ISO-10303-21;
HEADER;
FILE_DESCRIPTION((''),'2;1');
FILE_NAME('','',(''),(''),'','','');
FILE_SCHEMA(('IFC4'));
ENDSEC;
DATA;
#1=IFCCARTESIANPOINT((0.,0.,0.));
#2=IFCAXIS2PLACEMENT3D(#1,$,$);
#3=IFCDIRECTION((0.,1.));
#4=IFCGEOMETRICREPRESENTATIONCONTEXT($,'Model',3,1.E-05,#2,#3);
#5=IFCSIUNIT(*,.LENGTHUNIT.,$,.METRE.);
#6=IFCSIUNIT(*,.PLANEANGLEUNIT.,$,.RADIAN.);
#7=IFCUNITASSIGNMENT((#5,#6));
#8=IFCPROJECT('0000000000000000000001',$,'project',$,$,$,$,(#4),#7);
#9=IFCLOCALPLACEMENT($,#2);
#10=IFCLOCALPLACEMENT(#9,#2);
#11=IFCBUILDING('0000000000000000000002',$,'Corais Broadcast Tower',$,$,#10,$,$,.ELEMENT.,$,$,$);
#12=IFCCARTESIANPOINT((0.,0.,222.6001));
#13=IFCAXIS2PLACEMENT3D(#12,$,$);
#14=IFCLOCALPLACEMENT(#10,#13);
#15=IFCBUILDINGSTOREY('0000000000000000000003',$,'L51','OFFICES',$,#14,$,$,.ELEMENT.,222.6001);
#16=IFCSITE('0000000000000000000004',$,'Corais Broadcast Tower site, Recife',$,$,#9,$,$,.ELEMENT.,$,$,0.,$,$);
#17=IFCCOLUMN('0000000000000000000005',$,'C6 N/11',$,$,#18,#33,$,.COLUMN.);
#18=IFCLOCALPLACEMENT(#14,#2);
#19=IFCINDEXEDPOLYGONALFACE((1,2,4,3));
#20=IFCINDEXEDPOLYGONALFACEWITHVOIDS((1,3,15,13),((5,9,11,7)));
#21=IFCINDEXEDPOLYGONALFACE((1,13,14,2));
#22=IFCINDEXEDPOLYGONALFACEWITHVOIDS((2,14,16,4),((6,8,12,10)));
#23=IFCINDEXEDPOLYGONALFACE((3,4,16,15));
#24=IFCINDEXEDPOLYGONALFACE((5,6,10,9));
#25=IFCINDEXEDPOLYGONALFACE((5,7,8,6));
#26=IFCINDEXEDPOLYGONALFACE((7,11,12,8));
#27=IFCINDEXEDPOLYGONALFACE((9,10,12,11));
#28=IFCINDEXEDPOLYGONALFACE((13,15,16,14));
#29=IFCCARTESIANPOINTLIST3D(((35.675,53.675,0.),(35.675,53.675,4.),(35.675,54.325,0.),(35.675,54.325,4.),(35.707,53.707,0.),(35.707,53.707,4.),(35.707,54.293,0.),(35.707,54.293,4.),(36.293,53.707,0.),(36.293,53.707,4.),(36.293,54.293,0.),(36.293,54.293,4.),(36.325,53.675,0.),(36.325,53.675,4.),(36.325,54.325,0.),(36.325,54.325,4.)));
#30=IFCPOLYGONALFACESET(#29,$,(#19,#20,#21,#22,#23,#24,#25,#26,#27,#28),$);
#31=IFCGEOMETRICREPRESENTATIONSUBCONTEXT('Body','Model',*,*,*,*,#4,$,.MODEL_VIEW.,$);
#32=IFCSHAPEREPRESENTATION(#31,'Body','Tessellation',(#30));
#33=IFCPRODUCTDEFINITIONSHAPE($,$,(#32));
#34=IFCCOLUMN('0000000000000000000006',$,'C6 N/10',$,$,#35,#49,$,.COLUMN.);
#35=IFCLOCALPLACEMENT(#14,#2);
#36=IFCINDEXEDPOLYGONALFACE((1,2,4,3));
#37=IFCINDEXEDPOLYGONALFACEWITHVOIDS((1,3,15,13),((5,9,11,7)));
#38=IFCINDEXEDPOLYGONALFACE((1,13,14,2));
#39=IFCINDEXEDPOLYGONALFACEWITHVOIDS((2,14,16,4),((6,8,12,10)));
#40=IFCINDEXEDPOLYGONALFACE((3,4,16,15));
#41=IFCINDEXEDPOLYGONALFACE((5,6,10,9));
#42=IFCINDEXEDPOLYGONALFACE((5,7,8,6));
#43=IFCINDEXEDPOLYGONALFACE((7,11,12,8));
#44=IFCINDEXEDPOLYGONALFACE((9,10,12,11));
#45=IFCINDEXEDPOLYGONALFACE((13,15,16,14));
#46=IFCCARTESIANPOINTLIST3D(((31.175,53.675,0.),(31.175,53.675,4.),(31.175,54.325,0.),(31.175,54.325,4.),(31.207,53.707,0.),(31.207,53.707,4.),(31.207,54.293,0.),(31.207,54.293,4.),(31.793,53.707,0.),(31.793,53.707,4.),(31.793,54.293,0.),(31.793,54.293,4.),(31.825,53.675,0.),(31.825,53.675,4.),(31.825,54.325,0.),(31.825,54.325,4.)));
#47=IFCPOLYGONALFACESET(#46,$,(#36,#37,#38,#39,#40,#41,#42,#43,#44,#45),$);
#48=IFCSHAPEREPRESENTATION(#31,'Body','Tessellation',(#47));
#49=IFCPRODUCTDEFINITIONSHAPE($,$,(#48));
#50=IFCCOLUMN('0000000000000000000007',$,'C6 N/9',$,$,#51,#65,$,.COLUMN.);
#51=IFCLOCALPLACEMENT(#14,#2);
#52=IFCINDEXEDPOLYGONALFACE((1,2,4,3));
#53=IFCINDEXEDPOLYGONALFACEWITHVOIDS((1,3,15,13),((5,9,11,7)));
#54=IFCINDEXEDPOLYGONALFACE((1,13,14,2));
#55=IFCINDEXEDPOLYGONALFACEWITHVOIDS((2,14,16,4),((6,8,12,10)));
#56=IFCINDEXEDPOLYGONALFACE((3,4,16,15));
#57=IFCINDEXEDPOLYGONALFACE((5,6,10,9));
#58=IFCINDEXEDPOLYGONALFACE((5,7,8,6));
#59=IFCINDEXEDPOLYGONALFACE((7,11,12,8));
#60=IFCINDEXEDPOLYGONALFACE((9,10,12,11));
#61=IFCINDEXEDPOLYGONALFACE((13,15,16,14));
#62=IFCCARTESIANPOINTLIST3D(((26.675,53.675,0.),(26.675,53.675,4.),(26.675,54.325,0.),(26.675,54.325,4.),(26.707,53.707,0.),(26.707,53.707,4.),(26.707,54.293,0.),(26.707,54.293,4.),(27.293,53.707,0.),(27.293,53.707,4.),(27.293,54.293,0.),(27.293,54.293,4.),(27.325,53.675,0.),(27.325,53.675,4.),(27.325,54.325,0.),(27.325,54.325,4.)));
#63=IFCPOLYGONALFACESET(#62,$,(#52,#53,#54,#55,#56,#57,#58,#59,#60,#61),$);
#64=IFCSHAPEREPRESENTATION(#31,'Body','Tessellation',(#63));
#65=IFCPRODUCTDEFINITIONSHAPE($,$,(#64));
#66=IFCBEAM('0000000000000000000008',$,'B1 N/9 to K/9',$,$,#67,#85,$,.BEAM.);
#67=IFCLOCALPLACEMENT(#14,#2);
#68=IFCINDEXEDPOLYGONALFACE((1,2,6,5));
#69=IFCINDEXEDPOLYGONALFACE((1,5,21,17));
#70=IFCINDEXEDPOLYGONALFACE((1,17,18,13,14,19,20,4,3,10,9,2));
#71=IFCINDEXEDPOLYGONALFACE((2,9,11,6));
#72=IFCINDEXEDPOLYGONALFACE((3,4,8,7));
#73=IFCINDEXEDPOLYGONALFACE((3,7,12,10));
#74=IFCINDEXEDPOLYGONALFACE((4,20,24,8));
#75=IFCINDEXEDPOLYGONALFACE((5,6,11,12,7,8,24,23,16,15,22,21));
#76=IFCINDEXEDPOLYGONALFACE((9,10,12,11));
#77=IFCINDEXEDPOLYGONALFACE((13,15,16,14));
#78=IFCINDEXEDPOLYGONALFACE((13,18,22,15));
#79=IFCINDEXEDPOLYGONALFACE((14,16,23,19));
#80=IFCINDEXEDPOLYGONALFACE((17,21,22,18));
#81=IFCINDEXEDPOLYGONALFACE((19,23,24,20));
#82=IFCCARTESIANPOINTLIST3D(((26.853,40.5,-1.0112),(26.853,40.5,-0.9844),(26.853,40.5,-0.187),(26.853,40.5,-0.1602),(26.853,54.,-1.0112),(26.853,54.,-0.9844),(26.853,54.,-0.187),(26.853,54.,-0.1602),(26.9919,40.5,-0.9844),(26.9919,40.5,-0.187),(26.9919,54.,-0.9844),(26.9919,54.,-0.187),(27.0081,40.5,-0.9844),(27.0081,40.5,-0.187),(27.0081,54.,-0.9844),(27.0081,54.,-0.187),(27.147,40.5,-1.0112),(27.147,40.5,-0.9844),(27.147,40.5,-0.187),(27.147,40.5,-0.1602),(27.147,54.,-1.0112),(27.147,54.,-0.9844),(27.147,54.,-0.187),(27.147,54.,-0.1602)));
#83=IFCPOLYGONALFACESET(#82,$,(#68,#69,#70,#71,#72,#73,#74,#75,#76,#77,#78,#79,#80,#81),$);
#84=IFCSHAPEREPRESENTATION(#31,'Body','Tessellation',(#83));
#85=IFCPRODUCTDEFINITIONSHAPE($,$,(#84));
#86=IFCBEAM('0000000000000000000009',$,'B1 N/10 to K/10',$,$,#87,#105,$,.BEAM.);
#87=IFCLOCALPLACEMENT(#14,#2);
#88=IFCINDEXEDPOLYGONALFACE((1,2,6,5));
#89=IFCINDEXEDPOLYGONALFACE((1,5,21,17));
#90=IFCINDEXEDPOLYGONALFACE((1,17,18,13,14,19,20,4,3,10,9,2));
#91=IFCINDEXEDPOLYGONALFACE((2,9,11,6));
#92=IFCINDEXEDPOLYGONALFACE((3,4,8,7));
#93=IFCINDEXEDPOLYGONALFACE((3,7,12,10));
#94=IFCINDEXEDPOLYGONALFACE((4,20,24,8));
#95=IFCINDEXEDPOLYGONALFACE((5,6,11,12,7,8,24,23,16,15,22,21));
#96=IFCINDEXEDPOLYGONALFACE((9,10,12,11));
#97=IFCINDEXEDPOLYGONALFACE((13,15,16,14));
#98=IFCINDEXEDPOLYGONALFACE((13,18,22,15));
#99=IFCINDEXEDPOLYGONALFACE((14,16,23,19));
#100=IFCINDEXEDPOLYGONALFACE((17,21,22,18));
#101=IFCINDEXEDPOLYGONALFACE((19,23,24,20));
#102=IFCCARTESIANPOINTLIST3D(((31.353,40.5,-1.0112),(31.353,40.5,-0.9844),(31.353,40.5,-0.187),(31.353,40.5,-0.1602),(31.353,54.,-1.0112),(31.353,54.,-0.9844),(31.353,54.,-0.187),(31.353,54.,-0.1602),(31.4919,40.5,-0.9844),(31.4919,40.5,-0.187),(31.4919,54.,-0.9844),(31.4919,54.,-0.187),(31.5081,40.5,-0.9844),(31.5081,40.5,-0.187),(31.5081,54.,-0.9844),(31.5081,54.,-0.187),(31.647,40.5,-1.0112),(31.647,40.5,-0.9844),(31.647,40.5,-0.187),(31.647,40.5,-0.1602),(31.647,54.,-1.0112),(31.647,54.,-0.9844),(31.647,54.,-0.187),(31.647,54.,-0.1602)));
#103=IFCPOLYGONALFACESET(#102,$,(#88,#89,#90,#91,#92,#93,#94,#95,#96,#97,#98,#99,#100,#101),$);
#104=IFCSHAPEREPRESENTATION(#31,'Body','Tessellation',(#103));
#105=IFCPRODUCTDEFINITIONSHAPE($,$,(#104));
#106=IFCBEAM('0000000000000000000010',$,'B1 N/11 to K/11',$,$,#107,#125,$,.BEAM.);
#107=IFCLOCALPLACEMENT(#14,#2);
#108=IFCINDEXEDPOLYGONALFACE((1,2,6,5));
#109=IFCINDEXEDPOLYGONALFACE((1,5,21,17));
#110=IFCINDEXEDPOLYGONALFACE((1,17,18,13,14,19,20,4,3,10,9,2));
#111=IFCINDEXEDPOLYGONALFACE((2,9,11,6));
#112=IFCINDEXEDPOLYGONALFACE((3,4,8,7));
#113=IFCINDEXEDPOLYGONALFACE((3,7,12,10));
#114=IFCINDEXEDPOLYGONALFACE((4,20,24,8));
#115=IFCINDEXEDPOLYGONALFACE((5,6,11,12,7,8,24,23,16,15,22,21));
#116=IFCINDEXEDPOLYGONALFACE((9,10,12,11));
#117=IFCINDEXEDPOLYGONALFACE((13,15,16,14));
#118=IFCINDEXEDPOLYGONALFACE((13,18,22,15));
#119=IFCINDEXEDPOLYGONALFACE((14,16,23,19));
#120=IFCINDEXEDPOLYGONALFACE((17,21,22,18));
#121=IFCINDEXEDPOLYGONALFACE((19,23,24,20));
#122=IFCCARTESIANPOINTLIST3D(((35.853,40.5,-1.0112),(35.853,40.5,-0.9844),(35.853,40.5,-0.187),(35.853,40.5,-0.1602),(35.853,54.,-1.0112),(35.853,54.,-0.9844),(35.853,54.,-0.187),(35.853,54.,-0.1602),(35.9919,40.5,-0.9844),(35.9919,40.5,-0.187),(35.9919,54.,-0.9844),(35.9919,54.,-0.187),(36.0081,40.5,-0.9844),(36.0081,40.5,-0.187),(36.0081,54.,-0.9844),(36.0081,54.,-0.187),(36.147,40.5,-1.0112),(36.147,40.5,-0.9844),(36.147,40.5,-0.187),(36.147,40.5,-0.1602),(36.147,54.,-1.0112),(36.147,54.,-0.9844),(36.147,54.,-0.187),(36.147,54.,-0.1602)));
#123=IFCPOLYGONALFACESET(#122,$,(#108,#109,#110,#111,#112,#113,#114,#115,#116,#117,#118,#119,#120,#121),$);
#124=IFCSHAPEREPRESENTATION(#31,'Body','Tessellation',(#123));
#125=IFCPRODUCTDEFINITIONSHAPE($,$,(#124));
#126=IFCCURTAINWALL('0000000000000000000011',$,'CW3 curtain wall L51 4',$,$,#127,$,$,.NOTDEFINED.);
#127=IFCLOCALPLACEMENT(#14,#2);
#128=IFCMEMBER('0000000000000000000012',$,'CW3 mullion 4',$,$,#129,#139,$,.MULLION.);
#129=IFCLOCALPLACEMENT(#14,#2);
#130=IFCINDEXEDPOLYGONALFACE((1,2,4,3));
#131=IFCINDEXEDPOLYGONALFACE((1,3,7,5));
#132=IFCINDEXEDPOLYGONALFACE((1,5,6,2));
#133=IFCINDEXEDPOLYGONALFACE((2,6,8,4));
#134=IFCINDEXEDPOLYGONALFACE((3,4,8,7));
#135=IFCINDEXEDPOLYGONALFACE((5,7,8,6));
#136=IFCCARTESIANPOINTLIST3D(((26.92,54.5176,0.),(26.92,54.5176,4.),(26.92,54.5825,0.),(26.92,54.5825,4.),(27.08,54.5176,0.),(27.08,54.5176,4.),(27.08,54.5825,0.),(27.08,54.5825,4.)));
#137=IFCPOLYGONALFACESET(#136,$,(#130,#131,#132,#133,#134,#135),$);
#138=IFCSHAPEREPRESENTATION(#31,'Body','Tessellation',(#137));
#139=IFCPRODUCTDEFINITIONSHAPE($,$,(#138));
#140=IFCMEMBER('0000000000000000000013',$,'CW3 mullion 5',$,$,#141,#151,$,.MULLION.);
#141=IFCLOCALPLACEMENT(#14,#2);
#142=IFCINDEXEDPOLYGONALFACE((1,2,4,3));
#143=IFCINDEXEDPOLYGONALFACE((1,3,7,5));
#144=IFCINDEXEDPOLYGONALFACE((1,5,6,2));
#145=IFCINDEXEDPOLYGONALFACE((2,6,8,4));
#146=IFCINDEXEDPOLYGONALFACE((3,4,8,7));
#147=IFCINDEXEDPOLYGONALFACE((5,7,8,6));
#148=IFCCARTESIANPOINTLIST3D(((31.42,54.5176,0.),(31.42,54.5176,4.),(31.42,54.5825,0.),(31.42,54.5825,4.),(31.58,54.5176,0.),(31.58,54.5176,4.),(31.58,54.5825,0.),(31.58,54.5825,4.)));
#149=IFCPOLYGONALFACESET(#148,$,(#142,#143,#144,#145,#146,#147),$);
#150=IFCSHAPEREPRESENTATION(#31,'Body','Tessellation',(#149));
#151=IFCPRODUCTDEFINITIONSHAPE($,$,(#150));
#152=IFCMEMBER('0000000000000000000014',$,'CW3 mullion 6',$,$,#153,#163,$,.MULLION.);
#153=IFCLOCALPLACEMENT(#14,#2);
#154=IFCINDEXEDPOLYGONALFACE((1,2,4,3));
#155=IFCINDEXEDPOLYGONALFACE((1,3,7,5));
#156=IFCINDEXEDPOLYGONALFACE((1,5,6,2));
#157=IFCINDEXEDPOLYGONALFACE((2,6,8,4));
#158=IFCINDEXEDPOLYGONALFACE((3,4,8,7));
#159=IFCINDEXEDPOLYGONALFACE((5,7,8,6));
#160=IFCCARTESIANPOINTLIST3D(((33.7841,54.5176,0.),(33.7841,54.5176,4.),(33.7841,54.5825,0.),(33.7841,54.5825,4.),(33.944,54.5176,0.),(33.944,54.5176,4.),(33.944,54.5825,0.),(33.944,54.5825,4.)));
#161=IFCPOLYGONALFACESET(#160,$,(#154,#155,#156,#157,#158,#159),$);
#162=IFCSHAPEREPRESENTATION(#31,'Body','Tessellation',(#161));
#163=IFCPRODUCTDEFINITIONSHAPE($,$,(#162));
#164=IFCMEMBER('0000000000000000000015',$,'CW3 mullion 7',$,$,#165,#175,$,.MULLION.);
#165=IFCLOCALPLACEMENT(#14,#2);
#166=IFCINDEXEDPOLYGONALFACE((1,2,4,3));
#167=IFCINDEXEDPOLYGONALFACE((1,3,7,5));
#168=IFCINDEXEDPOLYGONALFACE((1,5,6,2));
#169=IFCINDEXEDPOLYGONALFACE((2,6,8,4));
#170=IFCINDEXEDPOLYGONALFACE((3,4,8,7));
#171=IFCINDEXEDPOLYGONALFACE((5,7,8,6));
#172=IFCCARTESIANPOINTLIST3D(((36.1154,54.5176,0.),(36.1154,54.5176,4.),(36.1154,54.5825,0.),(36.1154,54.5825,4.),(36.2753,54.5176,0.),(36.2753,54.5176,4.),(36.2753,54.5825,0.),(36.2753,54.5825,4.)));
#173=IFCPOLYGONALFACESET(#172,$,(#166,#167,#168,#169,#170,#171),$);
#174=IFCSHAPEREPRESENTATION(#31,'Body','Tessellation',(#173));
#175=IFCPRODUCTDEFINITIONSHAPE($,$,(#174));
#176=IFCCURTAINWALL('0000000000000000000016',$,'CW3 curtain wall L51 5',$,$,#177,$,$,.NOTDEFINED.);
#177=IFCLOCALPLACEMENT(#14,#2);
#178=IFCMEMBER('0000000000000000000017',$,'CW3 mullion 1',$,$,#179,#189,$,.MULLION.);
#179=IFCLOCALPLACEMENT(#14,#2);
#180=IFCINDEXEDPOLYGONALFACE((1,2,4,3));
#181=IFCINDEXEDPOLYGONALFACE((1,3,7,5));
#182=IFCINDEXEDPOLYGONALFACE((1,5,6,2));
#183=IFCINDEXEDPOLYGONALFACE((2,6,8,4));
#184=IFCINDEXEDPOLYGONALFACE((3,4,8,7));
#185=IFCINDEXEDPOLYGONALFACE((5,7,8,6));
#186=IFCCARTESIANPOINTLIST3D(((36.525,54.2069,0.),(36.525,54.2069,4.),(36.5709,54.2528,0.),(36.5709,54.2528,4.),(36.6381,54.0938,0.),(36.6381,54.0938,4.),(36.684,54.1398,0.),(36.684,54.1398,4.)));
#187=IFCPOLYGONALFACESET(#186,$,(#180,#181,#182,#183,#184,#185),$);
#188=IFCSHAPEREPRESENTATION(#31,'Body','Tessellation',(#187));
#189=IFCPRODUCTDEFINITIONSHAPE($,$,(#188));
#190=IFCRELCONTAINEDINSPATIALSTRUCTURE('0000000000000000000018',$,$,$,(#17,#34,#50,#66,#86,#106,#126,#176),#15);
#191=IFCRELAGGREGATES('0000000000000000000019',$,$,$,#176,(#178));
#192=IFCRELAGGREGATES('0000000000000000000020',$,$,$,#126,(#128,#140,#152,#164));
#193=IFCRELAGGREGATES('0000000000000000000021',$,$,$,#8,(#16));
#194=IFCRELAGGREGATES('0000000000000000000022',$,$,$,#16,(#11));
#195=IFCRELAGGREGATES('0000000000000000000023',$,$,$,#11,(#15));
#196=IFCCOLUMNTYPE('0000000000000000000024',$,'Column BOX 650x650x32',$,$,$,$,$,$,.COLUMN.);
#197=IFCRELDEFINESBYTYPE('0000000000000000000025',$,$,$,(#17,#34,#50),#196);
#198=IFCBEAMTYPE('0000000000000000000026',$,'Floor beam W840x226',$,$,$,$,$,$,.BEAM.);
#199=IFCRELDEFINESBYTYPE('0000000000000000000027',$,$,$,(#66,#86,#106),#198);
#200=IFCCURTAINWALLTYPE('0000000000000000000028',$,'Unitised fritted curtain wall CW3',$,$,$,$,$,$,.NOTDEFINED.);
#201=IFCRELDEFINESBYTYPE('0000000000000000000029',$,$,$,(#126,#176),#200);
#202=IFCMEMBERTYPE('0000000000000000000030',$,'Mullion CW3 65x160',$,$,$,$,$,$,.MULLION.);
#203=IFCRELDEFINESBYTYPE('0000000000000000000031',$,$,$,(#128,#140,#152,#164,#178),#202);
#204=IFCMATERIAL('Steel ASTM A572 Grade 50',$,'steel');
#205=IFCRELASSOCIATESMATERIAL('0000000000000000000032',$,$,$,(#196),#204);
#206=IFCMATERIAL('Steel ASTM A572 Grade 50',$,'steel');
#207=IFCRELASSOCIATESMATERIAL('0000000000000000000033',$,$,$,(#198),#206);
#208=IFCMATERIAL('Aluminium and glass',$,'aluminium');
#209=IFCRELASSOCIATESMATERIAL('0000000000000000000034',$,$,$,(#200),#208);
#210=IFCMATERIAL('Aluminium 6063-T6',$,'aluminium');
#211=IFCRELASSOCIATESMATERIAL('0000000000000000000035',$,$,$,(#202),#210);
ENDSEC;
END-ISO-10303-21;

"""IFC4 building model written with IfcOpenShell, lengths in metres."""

from ifc_helpers import new_model, si_unit, direction, frame, origin, origin_2d, place, context, subcontext, project, spatial, rectangle, hollow_rectangle, i_section, extrude, material, material_profile, profile_set, type_object, element, aggregate, save


model = new_model("IFC4")

# Units and contexts
model_context = context("Model", 3, precision=1e-05, world=origin(), true_north=direction((0.0, 1.0)))
body_context = subcontext(model_context, "Body", "Model", "MODEL_VIEW")
ifc_project = project(units=[si_unit("LENGTHUNIT", "METRE"), si_unit("PLANEANGLEUNIT", "RADIAN")], contexts=[model_context])

# Site, building, storey
site_placement = place(None, origin())
site = spatial("IfcSite", under=ifc_project, at=site_placement, Name="Corais Broadcast Tower site, Recife", CompositionType="ELEMENT", RefElevation=0.0)
building_placement = place(site_placement, origin())
building = spatial("IfcBuilding", under=site, at=building_placement, Name="Corais Broadcast Tower", CompositionType="ELEMENT")
storey_placement = place(building_placement, frame((0.0, 0.0, 222.6001)))
storey = spatial("IfcBuildingStorey", under=building, at=storey_placement, Name="L51", Description="OFFICES", CompositionType="ELEMENT", Elevation=222.6001)

# Columns
ifc_material_1 = material(Name="Steel ASTM A572 Grade 50", Category="steel")
ifc_material_profile_1 = material_profile(ifc_material_1, hollow_rectangle(XDim=0.6499, YDim=0.6499, WallThickness=0.032, at=origin_2d()), Name="BOX 650x650x32")
ifc_profile_set_1 = profile_set([ifc_material_profile_1], Name="Steel ASTM A572 Grade 50")
column_type = type_object("IfcColumnType", Name="Column BOX 650x650x32", PredefinedType="COLUMN", material=ifc_profile_set_1)
for number, where, z_axis, x_axis, name in (
    (1, (36.0, 54.0, 0.0), (0.0, 0.0, 1.0), (1.0, 0.0, 0.0), "C6 N/11"),
    (2, (31.5, 54.0, 0.0), (0.0, 0.0, 1.0), (1.0, 0.0, 0.0), "C6 N/10"),
    (3, (27.0, 54.0, 0.0), (0.0, 0.0, 1.0), (1.0, 0.0, 0.0), "C6 N/9"),
):
    element("IfcColumn", number, at=place(storey_placement, frame(where, z_axis=z_axis, x_axis=x_axis)), inside=storey, type_object=column_type, Name=name, PredefinedType="COLUMN", context=body_context, shape_type="SweptSolid", body=[
        extrude(hollow_rectangle(XDim=0.6499, YDim=0.6499, WallThickness=0.032, at=origin_2d()), origin(), (0.0, 0.0, 1.0), 4.0),
    ])

# Beams
ifc_material_2 = material(Name="Steel ASTM A572 Grade 50", Category="steel")
ifc_material_profile_2 = material_profile(ifc_material_2, i_section(OverallWidth=0.2939, OverallDepth=0.8511, WebThickness=0.0161, FlangeThickness=0.0269, at=origin_2d()), Name="W840x226")
ifc_profile_set_2 = profile_set([ifc_material_profile_2], Name="Steel ASTM A572 Grade 50")
beam_type_1 = type_object("IfcBeamType", Name="Floor beam W840x226", PredefinedType="BEAM", material=ifc_profile_set_2)
for number, where, z_axis, x_axis, name in (
    (4, (27.0, 54.0, -0.5857), (0.0, -1.0, 0.0), (1.0, 0.0, 0.0), "B1 N/9 to K/9"),
    (5, (31.5, 54.0, -0.5857), (0.0, -1.0, 0.0), (1.0, 0.0, 0.0), "B1 N/10 to K/10"),
    (6, (36.0, 54.0, -0.5857), (0.0, -1.0, 0.0), (1.0, 0.0, 0.0), "B1 N/11 to K/11"),
):
    element("IfcBeam", number, at=place(storey_placement, frame(where, z_axis=z_axis, x_axis=x_axis)), inside=storey, type_object=beam_type_1, Name=name, PredefinedType="BEAM", context=body_context, shape_type="SweptSolid", body=[
        extrude(i_section(OverallWidth=0.2939, OverallDepth=0.8511, WebThickness=0.0161, FlangeThickness=0.0269, at=origin_2d()), origin(), (0.0, 0.0, 1.0), 13.5),
    ])

# Curtain wall, members
ifc_material_3 = material(Name="Aluminium and glass", Category="aluminium")
curtain_wall_type = type_object("IfcCurtainWallType", Name="Unitised fritted curtain wall CW3", PredefinedType="NOTDEFINED", material=ifc_material_3)
curtain_wall_1_placement = place(storey_placement, origin())
curtain_wall_1 = element("IfcCurtainWall", 7, at=curtain_wall_1_placement, inside=storey, type_object=curtain_wall_type, Name="CW3 curtain wall L51 4", PredefinedType="NOTDEFINED")
ifc_material_4 = material(Name="Aluminium 6063-T6", Category="aluminium")
ifc_material_profile_3 = material_profile(ifc_material_4, rectangle(XDim=0.0649, YDim=0.1599, at=origin_2d()), Name="Mullion CW3 65x160")
ifc_profile_set_3 = profile_set([ifc_material_profile_3], Name="Aluminium 6063-T6")
member_type_1 = type_object("IfcMemberType", Name="Mullion CW3 65x160", PredefinedType="MULLION", material=ifc_profile_set_3)
member_1_placement = place(storey_placement, frame((27.0, 54.55, 0.0), z_axis=(0.0, 0.0, 1.0), x_axis=(0.0, 1.0, 0.0)))
member_1 = element("IfcMember", 8, at=member_1_placement, type_object=member_type_1, Name="CW3 mullion 4", PredefinedType="MULLION", context=body_context, shape_type="SweptSolid", body=[
    extrude(rectangle(XDim=0.0649, YDim=0.1599, at=origin_2d()), origin(), (0.0, 0.0, 1.0), 4.0),
])
member_2_placement = place(storey_placement, frame((31.5, 54.55, 0.0), z_axis=(0.0, 0.0, 1.0), x_axis=(0.0, 1.0, 0.0)))
member_2 = element("IfcMember", 9, at=member_2_placement, type_object=member_type_1, Name="CW3 mullion 5", PredefinedType="MULLION", context=body_context, shape_type="SweptSolid", body=[
    extrude(rectangle(XDim=0.0649, YDim=0.1599, at=origin_2d()), origin(), (0.0, 0.0, 1.0), 4.0),
])
member_3_placement = place(storey_placement, frame((33.864, 54.55, 0.0), z_axis=(0.0, 0.0, 1.0), x_axis=(0.0, 1.0, 0.0)))
member_3 = element("IfcMember", 10, at=member_3_placement, type_object=member_type_1, Name="CW3 mullion 6", PredefinedType="MULLION", context=body_context, shape_type="SweptSolid", body=[
    extrude(rectangle(XDim=0.0649, YDim=0.1599, at=origin_2d()), origin(), (0.0, 0.0, 1.0), 4.0),
])
member_4_placement = place(storey_placement, frame((36.1953, 54.55, 0.0), z_axis=(0.0, 0.0, 1.0), x_axis=(0.0, 1.0, 0.0)))
member_4 = element("IfcMember", 11, at=member_4_placement, type_object=member_type_1, Name="CW3 mullion 7", PredefinedType="MULLION", context=body_context, shape_type="SweptSolid", body=[
    extrude(rectangle(XDim=0.0649, YDim=0.1599, at=origin_2d()), origin(), (0.0, 0.0, 1.0), 4.0),
])

# Curtain wall, member
curtain_wall_2_placement = place(storey_placement, origin())
curtain_wall_2 = element("IfcCurtainWall", 12, at=curtain_wall_2_placement, inside=storey, type_object=curtain_wall_type, Name="CW3 curtain wall L51 5", PredefinedType="NOTDEFINED")
member_5_placement = place(storey_placement, frame((36.6045, 54.1733, 0.0), z_axis=(0.0, 0.0, 1.0), x_axis=(0.707107, 0.707107, 0.0)))
member_5 = element("IfcMember", 13, at=member_5_placement, type_object=member_type_1, Name="CW3 mullion 1", PredefinedType="MULLION", context=body_context, shape_type="SweptSolid", body=[
    extrude(rectangle(XDim=0.0649, YDim=0.1599, at=origin_2d()), origin(), (0.0, 0.0, 1.0), 4.0),
])

aggregate(curtain_wall_2, [member_5])
aggregate(curtain_wall_1, [member_1, member_2, member_3, member_4])

save(model, "model.ifc")
